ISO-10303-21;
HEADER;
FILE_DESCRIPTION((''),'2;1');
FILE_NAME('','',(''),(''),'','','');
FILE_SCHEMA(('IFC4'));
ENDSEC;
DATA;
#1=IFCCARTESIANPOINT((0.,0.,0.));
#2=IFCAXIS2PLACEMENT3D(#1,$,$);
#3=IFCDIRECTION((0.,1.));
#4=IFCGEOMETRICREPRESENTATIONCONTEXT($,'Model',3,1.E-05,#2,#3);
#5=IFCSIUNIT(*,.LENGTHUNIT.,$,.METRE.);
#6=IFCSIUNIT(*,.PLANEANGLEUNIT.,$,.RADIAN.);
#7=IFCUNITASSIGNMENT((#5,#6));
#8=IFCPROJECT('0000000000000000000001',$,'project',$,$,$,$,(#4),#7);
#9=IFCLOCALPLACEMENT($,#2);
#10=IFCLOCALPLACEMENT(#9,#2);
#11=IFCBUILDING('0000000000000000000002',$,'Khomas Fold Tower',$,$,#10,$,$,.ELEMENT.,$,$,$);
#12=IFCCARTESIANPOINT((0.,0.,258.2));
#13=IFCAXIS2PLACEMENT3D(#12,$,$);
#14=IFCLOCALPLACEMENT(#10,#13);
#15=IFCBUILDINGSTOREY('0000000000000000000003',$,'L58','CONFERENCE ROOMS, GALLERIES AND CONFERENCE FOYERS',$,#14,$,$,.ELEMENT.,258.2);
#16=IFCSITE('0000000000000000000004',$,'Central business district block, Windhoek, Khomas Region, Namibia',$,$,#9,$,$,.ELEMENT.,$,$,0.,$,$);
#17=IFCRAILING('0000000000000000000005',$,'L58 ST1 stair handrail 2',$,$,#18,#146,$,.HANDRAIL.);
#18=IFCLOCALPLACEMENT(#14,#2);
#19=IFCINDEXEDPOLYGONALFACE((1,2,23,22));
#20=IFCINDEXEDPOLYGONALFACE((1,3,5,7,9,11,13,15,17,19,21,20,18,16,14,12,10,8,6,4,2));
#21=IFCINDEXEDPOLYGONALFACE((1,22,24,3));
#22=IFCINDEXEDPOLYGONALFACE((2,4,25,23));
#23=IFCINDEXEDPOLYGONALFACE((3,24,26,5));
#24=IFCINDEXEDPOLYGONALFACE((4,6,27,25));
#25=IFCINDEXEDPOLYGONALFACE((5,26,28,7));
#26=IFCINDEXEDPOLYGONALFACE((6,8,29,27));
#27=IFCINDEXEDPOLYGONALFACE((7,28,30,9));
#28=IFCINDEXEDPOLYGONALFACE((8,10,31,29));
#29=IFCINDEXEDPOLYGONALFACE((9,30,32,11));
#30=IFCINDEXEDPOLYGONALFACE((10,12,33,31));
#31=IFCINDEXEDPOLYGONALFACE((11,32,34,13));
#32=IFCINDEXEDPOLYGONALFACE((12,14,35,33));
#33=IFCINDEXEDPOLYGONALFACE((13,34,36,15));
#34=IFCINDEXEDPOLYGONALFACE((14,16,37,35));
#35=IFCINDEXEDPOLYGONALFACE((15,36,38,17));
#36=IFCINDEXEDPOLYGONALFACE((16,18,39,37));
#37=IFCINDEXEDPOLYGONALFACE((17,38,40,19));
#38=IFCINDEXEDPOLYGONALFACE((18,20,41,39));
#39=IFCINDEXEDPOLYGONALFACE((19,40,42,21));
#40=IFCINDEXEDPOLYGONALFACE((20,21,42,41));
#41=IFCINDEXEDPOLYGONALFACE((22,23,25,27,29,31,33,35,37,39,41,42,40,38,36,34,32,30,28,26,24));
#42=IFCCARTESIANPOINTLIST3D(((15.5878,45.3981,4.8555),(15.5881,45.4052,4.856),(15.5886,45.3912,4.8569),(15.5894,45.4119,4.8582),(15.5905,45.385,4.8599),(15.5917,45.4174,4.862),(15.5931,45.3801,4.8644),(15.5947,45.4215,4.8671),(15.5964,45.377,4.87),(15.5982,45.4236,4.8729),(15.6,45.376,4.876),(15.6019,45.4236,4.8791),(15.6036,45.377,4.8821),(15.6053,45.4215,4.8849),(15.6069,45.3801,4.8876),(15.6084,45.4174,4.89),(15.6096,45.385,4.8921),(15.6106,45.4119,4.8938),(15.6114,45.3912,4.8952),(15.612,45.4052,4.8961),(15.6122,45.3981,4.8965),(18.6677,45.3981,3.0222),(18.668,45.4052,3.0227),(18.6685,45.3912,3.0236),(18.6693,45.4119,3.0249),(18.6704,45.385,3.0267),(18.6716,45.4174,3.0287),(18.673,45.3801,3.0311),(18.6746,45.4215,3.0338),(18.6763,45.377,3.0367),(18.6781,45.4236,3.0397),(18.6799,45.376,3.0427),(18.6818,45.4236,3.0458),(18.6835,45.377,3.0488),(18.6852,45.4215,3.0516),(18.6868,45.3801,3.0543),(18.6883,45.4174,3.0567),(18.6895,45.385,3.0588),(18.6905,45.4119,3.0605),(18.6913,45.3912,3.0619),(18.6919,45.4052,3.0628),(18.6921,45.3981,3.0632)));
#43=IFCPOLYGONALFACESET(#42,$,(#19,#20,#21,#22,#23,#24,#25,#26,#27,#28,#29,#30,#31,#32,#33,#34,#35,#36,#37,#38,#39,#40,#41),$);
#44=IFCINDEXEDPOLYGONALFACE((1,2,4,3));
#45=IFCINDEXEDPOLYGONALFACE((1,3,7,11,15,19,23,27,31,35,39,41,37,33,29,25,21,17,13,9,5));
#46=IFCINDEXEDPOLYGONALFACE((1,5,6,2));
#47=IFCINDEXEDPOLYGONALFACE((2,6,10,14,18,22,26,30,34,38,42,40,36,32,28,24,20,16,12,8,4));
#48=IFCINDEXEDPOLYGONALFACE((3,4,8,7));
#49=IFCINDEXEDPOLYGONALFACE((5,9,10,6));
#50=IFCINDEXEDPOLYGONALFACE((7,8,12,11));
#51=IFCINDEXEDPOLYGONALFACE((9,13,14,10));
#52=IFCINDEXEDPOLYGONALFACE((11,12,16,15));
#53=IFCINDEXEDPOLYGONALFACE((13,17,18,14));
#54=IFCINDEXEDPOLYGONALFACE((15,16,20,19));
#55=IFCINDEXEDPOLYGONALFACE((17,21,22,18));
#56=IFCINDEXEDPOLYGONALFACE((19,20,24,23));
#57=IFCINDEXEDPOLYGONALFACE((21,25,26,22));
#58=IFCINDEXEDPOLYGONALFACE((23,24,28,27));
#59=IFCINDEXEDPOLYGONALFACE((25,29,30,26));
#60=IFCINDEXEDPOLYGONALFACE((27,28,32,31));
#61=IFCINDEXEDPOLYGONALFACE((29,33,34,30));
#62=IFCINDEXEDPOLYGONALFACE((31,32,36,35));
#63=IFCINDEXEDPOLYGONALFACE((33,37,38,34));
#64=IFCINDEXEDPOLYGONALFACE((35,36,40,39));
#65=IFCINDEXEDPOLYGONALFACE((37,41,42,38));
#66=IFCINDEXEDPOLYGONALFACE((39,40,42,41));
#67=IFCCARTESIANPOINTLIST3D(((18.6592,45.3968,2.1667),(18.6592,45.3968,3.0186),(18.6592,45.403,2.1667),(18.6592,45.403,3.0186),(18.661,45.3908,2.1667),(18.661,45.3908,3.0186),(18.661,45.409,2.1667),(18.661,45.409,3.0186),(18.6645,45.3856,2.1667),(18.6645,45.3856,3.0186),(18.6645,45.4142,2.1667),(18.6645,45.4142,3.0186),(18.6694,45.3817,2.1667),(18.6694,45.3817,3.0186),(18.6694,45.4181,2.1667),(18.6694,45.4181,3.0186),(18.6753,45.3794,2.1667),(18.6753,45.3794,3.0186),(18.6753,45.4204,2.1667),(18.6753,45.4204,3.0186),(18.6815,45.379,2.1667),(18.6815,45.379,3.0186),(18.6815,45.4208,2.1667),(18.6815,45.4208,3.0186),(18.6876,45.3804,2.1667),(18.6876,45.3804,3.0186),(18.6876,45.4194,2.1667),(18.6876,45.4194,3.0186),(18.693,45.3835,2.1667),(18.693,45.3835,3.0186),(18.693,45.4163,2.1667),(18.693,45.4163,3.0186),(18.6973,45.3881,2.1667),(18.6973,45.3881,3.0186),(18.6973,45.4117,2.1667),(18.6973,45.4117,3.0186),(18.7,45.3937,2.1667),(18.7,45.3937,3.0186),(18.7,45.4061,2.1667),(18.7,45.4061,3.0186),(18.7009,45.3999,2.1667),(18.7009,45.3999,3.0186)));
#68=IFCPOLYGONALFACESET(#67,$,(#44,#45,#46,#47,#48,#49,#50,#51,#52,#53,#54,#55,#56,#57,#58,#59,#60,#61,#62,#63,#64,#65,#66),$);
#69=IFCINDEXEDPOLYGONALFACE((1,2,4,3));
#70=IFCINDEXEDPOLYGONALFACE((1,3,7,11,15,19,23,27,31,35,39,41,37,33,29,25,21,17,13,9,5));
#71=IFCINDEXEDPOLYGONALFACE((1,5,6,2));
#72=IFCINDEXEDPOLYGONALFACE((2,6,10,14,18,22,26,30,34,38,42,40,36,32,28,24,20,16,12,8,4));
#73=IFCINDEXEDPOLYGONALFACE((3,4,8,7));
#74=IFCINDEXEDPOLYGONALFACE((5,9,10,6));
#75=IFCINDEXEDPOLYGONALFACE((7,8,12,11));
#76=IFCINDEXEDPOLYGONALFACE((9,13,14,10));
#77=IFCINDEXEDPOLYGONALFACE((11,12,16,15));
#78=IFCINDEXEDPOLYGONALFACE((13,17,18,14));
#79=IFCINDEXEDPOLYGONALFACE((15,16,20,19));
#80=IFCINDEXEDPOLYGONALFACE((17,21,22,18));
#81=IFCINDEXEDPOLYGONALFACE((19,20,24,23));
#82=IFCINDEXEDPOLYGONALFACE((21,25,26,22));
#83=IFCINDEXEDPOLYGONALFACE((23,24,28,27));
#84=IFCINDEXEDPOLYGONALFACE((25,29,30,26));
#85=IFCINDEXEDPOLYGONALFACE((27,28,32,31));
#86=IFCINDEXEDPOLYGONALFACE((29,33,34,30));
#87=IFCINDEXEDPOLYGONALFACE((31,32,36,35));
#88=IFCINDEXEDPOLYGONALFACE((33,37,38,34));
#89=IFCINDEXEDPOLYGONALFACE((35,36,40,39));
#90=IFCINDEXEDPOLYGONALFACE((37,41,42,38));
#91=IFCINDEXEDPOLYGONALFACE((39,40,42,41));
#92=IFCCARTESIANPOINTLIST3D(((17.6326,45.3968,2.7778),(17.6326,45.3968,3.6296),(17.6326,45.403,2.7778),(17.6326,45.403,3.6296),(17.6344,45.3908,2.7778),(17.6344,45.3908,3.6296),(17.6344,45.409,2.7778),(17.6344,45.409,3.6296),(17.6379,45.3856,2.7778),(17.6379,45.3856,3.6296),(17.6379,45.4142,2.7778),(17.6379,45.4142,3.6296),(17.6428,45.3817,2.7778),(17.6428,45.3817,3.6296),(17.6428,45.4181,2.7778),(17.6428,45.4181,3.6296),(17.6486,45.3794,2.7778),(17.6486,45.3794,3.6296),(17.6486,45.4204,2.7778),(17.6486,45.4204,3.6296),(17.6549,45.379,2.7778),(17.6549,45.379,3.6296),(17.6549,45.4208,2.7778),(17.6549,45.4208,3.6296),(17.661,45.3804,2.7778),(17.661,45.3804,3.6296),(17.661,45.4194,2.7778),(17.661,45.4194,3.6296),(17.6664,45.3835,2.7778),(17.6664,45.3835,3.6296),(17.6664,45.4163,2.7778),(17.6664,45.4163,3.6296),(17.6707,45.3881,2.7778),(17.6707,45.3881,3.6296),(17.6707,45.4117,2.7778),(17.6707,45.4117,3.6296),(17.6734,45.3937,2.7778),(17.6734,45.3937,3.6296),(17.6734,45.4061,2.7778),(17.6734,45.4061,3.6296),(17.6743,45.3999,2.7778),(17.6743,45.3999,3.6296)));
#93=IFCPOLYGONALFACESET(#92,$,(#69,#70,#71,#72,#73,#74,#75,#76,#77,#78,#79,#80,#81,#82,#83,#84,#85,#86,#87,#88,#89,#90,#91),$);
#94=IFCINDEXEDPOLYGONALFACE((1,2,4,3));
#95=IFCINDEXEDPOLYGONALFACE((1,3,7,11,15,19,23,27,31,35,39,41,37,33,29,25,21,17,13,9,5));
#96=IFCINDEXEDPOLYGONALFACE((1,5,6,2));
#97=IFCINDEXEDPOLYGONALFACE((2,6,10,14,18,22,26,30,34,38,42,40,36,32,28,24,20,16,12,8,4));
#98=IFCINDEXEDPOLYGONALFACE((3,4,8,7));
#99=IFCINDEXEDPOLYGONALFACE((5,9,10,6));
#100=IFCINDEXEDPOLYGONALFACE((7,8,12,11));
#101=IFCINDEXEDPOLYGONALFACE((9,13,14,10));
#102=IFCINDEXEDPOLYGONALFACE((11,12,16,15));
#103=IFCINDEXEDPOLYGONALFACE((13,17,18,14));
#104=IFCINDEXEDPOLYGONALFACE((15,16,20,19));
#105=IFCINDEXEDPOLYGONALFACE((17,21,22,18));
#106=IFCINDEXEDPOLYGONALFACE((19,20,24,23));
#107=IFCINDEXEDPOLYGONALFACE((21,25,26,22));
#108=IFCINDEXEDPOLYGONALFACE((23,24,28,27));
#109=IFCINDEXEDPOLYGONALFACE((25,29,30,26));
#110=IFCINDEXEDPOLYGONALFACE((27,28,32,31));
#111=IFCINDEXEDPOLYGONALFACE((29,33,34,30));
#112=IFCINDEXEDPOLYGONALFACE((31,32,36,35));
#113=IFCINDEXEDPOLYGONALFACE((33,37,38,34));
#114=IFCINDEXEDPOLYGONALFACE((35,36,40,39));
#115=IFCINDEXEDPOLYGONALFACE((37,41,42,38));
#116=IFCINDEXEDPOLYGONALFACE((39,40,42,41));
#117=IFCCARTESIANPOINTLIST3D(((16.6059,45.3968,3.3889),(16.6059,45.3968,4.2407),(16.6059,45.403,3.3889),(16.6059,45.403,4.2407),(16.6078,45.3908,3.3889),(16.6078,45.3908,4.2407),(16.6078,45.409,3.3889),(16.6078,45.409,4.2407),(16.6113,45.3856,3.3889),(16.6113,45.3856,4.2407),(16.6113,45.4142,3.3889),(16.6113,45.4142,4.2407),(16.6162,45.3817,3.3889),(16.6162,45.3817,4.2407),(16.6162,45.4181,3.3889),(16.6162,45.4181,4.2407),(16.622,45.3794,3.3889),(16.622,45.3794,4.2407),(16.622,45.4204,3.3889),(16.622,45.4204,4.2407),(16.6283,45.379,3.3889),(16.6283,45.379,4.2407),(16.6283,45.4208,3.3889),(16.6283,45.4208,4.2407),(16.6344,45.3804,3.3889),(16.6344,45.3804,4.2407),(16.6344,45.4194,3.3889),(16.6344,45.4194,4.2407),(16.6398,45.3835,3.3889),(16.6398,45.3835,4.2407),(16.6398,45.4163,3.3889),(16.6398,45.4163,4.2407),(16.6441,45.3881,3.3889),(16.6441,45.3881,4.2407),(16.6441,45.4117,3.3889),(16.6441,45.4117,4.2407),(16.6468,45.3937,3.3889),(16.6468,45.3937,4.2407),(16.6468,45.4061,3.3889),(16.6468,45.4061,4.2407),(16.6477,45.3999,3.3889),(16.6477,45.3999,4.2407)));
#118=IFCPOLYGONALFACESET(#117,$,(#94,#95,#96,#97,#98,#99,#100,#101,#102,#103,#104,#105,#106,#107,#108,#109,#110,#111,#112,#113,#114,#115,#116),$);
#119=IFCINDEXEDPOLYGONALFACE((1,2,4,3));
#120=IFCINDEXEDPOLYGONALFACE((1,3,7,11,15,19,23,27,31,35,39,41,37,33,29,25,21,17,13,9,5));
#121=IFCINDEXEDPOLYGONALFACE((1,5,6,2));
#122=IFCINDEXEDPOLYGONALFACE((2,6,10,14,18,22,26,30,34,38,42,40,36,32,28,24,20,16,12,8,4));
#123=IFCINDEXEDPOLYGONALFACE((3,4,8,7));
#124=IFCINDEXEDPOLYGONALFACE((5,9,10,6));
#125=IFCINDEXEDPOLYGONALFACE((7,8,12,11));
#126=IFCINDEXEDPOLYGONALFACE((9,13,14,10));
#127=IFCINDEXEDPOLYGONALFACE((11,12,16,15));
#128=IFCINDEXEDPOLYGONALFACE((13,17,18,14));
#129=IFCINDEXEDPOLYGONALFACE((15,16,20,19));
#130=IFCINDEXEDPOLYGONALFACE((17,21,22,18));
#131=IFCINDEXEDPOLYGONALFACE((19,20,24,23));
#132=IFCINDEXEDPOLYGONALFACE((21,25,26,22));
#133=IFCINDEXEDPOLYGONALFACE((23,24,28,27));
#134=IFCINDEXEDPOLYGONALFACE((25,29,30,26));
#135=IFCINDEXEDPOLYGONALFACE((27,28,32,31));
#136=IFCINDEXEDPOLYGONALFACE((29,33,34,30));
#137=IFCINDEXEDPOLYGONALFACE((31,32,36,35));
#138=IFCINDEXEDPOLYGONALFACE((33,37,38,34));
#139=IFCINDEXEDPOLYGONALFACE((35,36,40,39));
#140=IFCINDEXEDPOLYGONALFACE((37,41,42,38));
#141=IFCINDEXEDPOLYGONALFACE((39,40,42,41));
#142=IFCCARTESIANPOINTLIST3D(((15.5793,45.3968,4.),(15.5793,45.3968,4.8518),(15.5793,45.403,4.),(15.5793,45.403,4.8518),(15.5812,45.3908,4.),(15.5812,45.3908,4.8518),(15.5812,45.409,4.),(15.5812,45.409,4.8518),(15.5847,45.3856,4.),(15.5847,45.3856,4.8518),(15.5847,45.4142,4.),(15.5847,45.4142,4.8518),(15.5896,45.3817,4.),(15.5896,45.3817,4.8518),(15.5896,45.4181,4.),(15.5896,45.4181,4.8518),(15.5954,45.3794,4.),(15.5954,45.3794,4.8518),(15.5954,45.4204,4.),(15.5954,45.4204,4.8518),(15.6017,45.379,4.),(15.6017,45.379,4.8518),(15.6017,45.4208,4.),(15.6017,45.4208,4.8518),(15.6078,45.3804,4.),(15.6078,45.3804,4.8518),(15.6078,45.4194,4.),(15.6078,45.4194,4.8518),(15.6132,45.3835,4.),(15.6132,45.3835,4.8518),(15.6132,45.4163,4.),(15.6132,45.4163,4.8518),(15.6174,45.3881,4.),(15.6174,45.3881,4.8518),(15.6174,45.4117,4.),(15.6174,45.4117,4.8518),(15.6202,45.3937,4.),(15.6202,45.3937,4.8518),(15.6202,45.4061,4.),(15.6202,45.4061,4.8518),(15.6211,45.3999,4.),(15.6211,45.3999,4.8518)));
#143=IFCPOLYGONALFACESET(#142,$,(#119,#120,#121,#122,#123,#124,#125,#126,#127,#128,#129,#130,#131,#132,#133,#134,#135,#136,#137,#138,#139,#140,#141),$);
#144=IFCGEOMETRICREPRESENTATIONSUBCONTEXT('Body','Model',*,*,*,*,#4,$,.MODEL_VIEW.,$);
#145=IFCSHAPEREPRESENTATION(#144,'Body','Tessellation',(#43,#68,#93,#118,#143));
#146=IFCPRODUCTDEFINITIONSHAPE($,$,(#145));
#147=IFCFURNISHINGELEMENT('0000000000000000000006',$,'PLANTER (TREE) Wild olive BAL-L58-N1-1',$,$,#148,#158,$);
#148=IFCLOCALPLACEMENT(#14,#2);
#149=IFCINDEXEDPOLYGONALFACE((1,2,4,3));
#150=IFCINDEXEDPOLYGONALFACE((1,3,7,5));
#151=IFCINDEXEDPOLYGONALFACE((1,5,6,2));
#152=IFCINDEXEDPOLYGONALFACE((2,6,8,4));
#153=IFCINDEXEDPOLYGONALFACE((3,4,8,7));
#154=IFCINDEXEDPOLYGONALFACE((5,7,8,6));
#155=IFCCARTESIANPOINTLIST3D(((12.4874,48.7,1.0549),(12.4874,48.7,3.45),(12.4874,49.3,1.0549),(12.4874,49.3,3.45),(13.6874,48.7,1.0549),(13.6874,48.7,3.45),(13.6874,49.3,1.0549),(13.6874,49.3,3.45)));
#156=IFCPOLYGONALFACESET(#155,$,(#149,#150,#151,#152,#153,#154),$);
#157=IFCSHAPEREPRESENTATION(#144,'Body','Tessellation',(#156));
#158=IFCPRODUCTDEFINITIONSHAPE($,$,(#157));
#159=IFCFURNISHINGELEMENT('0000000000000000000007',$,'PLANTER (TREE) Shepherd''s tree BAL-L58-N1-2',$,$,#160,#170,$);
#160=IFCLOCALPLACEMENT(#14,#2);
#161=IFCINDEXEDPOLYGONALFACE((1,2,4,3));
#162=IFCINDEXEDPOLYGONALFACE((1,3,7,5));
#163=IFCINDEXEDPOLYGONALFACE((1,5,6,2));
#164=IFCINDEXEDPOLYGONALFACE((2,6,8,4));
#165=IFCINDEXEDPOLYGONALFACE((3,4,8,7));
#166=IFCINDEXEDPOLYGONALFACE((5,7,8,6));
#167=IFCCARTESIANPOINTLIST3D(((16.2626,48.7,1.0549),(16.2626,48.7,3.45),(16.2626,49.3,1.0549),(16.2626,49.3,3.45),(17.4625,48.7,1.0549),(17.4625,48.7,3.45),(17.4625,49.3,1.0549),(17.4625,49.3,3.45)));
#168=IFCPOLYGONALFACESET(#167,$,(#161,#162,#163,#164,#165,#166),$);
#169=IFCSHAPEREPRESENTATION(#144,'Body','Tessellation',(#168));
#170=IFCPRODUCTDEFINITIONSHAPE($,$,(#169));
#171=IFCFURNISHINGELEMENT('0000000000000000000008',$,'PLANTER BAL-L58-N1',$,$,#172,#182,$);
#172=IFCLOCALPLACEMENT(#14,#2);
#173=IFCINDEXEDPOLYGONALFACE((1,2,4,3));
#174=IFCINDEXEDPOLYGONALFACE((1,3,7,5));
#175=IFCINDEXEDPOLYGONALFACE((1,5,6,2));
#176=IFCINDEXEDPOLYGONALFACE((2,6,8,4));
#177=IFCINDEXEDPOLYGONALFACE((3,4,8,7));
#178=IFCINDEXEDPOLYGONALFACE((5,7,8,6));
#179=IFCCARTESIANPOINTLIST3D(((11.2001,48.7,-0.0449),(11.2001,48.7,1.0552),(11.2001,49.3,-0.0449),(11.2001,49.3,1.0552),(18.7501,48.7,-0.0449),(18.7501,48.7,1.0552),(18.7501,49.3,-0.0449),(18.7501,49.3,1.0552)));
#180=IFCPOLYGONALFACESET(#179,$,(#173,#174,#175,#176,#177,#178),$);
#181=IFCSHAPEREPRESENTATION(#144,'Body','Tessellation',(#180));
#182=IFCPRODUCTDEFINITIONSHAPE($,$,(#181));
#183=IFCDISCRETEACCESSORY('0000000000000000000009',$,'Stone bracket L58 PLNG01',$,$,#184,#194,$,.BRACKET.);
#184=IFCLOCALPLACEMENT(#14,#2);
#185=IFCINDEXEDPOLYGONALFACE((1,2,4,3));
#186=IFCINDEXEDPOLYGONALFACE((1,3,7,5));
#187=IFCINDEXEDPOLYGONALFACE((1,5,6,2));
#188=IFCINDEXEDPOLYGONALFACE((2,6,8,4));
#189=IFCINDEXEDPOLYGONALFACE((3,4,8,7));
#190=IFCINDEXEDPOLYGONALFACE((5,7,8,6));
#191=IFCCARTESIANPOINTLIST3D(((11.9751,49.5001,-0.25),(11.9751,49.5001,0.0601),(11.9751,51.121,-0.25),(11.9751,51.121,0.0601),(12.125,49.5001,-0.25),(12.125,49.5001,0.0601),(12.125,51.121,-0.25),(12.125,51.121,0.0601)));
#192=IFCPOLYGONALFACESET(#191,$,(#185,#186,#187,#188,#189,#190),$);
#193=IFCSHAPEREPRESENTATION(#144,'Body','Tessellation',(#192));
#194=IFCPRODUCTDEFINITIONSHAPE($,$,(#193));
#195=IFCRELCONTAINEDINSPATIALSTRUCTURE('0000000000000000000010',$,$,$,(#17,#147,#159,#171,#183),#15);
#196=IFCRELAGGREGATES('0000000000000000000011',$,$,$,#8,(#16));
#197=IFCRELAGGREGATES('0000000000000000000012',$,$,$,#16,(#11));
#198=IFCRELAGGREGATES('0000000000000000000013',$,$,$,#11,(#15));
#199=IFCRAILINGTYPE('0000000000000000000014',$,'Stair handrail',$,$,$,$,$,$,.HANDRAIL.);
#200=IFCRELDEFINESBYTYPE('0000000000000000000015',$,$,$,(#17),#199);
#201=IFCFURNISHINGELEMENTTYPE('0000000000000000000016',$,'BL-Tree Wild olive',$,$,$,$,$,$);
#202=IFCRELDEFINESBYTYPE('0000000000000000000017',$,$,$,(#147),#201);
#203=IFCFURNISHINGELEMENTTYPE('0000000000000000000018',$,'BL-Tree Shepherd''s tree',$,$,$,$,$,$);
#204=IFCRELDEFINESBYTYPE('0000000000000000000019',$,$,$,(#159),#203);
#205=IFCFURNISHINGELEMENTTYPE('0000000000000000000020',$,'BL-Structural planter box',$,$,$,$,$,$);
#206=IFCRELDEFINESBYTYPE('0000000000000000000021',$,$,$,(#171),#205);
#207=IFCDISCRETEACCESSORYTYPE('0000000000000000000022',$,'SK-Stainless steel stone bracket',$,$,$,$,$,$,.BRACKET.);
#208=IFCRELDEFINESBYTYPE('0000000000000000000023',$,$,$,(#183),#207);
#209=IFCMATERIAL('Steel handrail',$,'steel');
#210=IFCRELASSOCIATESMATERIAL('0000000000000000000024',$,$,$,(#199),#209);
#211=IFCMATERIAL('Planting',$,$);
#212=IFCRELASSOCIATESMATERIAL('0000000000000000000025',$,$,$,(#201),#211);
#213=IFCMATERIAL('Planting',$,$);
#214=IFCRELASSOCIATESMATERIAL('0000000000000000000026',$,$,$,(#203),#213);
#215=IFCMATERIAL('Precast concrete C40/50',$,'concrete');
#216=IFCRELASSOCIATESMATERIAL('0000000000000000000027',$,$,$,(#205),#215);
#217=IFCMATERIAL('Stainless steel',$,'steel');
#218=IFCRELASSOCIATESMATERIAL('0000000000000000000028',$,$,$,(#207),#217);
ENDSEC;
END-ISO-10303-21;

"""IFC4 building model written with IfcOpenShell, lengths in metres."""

from ifc_helpers import new_model, si_unit, direction, frame, origin, origin_2d, place, context, subcontext, project, spatial, rectangle, circle, extrude, source, transform, mapped, material, type_object, element, save


model = new_model("IFC4")

# Units and contexts
model_context = context("Model", 3, precision=1e-05, world=origin(), true_north=direction((0.0, 1.0)))
body_context = subcontext(model_context, "Body", "Model", "MODEL_VIEW")
ifc_project = project(units=[si_unit("LENGTHUNIT", "METRE"), si_unit("PLANEANGLEUNIT", "RADIAN")], contexts=[model_context])

# Site, building, storey
site_placement = place(None, origin())
site = spatial("IfcSite", under=ifc_project, at=site_placement, Name="Central business district block, Windhoek, Khomas Region, Namibia", CompositionType="ELEMENT", RefElevation=0.0)
building_placement = place(site_placement, origin())
building = spatial("IfcBuilding", under=site, at=building_placement, Name="Khomas Fold Tower", CompositionType="ELEMENT")
storey_placement = place(building_placement, frame((0.0, 0.0, 258.2)))
storey = spatial("IfcBuildingStorey", under=building, at=storey_placement, Name="L58", Description="CONFERENCE ROOMS, GALLERIES AND CONFERENCE FOYERS", CompositionType="ELEMENT", Elevation=258.2)

# Railing
ifc_material_1 = material(Name="Steel handrail", Category="steel")
railing_type_1 = type_object("IfcRailingType", Name="Stair handrail", PredefinedType="HANDRAIL", material=ifc_material_1)
shared_shape_1 = source(origin(), body_context, "Body", "SweptSolid", [
    extrude(circle(Radius=0.0239, at=origin_2d()), frame((0.0, 0.0, 0.876), z_axis=(-0.859291, 0.0, 0.511487), x_axis=(0.0, -1.0, 0.0)), (0.0, 0.0, 1.0), 3.5842),
    extrude(circle(Radius=0.021, at=origin_2d()), origin(), (0.0, 0.0, 1.0), 0.8518),
    extrude(circle(Radius=0.021, at=origin_2d()), frame((-1.0266, 0.0, 0.6111)), (0.0, 0.0, 1.0), 0.8518),
    extrude(circle(Radius=0.021, at=origin_2d()), frame((-2.0532, 0.0, 1.2222)), (0.0, 0.0, 1.0), 0.8518),
    extrude(circle(Radius=0.021, at=origin_2d()), frame((-3.0798, 0.0, 1.8333)), (0.0, 0.0, 1.0), 0.8518),
])
railing_1_placement = place(storey_placement, frame((18.6799, 45.3999, 2.1667)))
element("IfcRailing", 1, at=railing_1_placement, inside=storey, type_object=railing_type_1, Name="L58 ST1 stair handrail 2", PredefinedType="HANDRAIL", context=body_context, shape_type="MappedRepresentation", body=[
    mapped(shared_shape_1, transform((0.0, 0.0, 0.0))),
])

# Furnishing elements
ifc_material_2 = material(Name="Planting")
furnishing_element_type_1 = type_object("IfcFurnishingElementType", Name="BL-Tree Wild olive", material=ifc_material_2)
shared_shape_2 = source(origin(), body_context, "Body", "SweptSolid", [
    extrude(rectangle(XDim=1.2, YDim=0.6001, at=origin_2d()), origin(), (0.0, 0.0, 1.0), 2.395),
])
furnishing_1_placement = place(storey_placement, frame((13.0874, 49.0, 1.0549), z_axis=(0.0, 0.0, 1.0), x_axis=(1.0, 0.0, 0.0)))
element("IfcFurnishingElement", 2, at=furnishing_1_placement, inside=storey, type_object=furnishing_element_type_1, Name="PLANTER (TREE) Wild olive BAL-L58-N1-1", context=body_context, shape_type="MappedRepresentation", body=[
    mapped(shared_shape_2, transform((0.0, 0.0, 0.0))),
])
ifc_material_3 = material(Name="Planting")
furnishing_element_type_2 = type_object("IfcFurnishingElementType", Name="BL-Tree Shepherd's tree", material=ifc_material_3)
furnishing_2_placement = place(storey_placement, frame((16.8625, 49.0, 1.0549), z_axis=(0.0, 0.0, 1.0), x_axis=(1.0, 0.0, 0.0)))
element("IfcFurnishingElement", 3, at=furnishing_2_placement, inside=storey, type_object=furnishing_element_type_2, Name="PLANTER (TREE) Shepherd's tree BAL-L58-N1-2", context=body_context, shape_type="MappedRepresentation", body=[
    mapped(shared_shape_2, transform((0.0, 0.0, 0.0))),
])
ifc_material_4 = material(Name="Precast concrete C40/50", Category="concrete")
furnishing_element_type_3 = type_object("IfcFurnishingElementType", Name="BL-Structural planter box", material=ifc_material_4)
shared_shape_3 = source(origin(), body_context, "Body", "SweptSolid", [
    extrude(rectangle(XDim=7.55, YDim=0.6001, at=origin_2d()), origin(), (0.0, 0.0, 1.0), 1.1001),
])
furnishing_3_placement = place(storey_placement, frame((14.9751, 49.0, -0.0449), z_axis=(0.0, 0.0, 1.0), x_axis=(1.0, 0.0, 0.0)))
element("IfcFurnishingElement", 4, at=furnishing_3_placement, inside=storey, type_object=furnishing_element_type_3, Name="PLANTER BAL-L58-N1", context=body_context, shape_type="MappedRepresentation", body=[
    mapped(shared_shape_3, transform((0.0, 0.0, 0.0))),
])

# Discrete accessory
ifc_material_5 = material(Name="Stainless steel", Category="steel")
discrete_accessory_type = type_object("IfcDiscreteAccessoryType", Name="SK-Stainless steel stone bracket", PredefinedType="BRACKET", material=ifc_material_5)
shared_shape_4 = source(origin(), body_context, "Body", "SweptSolid", [
    extrude(rectangle(XDim=1.6208, YDim=0.1499, at=origin_2d()), origin(), (0.0, 0.0, 1.0), 0.3101),
])
for number, where, z_axis, x_axis, name in (
    (5, (12.05, 50.3105, -0.25), (0.0, 0.0, 1.0), (0.0, 1.0, 0.0), "Stone bracket L58 PLNG01"),
):
    element("IfcDiscreteAccessory", number, at=place(storey_placement, frame(where, z_axis=z_axis, x_axis=x_axis)), inside=storey, type_object=discrete_accessory_type, Name=name, PredefinedType="BRACKET", context=body_context, shape_type="MappedRepresentation", body=[
        mapped(shared_shape_4, transform((0.0, 0.0, 0.0))),
    ])

save(model, "model.ifc")
